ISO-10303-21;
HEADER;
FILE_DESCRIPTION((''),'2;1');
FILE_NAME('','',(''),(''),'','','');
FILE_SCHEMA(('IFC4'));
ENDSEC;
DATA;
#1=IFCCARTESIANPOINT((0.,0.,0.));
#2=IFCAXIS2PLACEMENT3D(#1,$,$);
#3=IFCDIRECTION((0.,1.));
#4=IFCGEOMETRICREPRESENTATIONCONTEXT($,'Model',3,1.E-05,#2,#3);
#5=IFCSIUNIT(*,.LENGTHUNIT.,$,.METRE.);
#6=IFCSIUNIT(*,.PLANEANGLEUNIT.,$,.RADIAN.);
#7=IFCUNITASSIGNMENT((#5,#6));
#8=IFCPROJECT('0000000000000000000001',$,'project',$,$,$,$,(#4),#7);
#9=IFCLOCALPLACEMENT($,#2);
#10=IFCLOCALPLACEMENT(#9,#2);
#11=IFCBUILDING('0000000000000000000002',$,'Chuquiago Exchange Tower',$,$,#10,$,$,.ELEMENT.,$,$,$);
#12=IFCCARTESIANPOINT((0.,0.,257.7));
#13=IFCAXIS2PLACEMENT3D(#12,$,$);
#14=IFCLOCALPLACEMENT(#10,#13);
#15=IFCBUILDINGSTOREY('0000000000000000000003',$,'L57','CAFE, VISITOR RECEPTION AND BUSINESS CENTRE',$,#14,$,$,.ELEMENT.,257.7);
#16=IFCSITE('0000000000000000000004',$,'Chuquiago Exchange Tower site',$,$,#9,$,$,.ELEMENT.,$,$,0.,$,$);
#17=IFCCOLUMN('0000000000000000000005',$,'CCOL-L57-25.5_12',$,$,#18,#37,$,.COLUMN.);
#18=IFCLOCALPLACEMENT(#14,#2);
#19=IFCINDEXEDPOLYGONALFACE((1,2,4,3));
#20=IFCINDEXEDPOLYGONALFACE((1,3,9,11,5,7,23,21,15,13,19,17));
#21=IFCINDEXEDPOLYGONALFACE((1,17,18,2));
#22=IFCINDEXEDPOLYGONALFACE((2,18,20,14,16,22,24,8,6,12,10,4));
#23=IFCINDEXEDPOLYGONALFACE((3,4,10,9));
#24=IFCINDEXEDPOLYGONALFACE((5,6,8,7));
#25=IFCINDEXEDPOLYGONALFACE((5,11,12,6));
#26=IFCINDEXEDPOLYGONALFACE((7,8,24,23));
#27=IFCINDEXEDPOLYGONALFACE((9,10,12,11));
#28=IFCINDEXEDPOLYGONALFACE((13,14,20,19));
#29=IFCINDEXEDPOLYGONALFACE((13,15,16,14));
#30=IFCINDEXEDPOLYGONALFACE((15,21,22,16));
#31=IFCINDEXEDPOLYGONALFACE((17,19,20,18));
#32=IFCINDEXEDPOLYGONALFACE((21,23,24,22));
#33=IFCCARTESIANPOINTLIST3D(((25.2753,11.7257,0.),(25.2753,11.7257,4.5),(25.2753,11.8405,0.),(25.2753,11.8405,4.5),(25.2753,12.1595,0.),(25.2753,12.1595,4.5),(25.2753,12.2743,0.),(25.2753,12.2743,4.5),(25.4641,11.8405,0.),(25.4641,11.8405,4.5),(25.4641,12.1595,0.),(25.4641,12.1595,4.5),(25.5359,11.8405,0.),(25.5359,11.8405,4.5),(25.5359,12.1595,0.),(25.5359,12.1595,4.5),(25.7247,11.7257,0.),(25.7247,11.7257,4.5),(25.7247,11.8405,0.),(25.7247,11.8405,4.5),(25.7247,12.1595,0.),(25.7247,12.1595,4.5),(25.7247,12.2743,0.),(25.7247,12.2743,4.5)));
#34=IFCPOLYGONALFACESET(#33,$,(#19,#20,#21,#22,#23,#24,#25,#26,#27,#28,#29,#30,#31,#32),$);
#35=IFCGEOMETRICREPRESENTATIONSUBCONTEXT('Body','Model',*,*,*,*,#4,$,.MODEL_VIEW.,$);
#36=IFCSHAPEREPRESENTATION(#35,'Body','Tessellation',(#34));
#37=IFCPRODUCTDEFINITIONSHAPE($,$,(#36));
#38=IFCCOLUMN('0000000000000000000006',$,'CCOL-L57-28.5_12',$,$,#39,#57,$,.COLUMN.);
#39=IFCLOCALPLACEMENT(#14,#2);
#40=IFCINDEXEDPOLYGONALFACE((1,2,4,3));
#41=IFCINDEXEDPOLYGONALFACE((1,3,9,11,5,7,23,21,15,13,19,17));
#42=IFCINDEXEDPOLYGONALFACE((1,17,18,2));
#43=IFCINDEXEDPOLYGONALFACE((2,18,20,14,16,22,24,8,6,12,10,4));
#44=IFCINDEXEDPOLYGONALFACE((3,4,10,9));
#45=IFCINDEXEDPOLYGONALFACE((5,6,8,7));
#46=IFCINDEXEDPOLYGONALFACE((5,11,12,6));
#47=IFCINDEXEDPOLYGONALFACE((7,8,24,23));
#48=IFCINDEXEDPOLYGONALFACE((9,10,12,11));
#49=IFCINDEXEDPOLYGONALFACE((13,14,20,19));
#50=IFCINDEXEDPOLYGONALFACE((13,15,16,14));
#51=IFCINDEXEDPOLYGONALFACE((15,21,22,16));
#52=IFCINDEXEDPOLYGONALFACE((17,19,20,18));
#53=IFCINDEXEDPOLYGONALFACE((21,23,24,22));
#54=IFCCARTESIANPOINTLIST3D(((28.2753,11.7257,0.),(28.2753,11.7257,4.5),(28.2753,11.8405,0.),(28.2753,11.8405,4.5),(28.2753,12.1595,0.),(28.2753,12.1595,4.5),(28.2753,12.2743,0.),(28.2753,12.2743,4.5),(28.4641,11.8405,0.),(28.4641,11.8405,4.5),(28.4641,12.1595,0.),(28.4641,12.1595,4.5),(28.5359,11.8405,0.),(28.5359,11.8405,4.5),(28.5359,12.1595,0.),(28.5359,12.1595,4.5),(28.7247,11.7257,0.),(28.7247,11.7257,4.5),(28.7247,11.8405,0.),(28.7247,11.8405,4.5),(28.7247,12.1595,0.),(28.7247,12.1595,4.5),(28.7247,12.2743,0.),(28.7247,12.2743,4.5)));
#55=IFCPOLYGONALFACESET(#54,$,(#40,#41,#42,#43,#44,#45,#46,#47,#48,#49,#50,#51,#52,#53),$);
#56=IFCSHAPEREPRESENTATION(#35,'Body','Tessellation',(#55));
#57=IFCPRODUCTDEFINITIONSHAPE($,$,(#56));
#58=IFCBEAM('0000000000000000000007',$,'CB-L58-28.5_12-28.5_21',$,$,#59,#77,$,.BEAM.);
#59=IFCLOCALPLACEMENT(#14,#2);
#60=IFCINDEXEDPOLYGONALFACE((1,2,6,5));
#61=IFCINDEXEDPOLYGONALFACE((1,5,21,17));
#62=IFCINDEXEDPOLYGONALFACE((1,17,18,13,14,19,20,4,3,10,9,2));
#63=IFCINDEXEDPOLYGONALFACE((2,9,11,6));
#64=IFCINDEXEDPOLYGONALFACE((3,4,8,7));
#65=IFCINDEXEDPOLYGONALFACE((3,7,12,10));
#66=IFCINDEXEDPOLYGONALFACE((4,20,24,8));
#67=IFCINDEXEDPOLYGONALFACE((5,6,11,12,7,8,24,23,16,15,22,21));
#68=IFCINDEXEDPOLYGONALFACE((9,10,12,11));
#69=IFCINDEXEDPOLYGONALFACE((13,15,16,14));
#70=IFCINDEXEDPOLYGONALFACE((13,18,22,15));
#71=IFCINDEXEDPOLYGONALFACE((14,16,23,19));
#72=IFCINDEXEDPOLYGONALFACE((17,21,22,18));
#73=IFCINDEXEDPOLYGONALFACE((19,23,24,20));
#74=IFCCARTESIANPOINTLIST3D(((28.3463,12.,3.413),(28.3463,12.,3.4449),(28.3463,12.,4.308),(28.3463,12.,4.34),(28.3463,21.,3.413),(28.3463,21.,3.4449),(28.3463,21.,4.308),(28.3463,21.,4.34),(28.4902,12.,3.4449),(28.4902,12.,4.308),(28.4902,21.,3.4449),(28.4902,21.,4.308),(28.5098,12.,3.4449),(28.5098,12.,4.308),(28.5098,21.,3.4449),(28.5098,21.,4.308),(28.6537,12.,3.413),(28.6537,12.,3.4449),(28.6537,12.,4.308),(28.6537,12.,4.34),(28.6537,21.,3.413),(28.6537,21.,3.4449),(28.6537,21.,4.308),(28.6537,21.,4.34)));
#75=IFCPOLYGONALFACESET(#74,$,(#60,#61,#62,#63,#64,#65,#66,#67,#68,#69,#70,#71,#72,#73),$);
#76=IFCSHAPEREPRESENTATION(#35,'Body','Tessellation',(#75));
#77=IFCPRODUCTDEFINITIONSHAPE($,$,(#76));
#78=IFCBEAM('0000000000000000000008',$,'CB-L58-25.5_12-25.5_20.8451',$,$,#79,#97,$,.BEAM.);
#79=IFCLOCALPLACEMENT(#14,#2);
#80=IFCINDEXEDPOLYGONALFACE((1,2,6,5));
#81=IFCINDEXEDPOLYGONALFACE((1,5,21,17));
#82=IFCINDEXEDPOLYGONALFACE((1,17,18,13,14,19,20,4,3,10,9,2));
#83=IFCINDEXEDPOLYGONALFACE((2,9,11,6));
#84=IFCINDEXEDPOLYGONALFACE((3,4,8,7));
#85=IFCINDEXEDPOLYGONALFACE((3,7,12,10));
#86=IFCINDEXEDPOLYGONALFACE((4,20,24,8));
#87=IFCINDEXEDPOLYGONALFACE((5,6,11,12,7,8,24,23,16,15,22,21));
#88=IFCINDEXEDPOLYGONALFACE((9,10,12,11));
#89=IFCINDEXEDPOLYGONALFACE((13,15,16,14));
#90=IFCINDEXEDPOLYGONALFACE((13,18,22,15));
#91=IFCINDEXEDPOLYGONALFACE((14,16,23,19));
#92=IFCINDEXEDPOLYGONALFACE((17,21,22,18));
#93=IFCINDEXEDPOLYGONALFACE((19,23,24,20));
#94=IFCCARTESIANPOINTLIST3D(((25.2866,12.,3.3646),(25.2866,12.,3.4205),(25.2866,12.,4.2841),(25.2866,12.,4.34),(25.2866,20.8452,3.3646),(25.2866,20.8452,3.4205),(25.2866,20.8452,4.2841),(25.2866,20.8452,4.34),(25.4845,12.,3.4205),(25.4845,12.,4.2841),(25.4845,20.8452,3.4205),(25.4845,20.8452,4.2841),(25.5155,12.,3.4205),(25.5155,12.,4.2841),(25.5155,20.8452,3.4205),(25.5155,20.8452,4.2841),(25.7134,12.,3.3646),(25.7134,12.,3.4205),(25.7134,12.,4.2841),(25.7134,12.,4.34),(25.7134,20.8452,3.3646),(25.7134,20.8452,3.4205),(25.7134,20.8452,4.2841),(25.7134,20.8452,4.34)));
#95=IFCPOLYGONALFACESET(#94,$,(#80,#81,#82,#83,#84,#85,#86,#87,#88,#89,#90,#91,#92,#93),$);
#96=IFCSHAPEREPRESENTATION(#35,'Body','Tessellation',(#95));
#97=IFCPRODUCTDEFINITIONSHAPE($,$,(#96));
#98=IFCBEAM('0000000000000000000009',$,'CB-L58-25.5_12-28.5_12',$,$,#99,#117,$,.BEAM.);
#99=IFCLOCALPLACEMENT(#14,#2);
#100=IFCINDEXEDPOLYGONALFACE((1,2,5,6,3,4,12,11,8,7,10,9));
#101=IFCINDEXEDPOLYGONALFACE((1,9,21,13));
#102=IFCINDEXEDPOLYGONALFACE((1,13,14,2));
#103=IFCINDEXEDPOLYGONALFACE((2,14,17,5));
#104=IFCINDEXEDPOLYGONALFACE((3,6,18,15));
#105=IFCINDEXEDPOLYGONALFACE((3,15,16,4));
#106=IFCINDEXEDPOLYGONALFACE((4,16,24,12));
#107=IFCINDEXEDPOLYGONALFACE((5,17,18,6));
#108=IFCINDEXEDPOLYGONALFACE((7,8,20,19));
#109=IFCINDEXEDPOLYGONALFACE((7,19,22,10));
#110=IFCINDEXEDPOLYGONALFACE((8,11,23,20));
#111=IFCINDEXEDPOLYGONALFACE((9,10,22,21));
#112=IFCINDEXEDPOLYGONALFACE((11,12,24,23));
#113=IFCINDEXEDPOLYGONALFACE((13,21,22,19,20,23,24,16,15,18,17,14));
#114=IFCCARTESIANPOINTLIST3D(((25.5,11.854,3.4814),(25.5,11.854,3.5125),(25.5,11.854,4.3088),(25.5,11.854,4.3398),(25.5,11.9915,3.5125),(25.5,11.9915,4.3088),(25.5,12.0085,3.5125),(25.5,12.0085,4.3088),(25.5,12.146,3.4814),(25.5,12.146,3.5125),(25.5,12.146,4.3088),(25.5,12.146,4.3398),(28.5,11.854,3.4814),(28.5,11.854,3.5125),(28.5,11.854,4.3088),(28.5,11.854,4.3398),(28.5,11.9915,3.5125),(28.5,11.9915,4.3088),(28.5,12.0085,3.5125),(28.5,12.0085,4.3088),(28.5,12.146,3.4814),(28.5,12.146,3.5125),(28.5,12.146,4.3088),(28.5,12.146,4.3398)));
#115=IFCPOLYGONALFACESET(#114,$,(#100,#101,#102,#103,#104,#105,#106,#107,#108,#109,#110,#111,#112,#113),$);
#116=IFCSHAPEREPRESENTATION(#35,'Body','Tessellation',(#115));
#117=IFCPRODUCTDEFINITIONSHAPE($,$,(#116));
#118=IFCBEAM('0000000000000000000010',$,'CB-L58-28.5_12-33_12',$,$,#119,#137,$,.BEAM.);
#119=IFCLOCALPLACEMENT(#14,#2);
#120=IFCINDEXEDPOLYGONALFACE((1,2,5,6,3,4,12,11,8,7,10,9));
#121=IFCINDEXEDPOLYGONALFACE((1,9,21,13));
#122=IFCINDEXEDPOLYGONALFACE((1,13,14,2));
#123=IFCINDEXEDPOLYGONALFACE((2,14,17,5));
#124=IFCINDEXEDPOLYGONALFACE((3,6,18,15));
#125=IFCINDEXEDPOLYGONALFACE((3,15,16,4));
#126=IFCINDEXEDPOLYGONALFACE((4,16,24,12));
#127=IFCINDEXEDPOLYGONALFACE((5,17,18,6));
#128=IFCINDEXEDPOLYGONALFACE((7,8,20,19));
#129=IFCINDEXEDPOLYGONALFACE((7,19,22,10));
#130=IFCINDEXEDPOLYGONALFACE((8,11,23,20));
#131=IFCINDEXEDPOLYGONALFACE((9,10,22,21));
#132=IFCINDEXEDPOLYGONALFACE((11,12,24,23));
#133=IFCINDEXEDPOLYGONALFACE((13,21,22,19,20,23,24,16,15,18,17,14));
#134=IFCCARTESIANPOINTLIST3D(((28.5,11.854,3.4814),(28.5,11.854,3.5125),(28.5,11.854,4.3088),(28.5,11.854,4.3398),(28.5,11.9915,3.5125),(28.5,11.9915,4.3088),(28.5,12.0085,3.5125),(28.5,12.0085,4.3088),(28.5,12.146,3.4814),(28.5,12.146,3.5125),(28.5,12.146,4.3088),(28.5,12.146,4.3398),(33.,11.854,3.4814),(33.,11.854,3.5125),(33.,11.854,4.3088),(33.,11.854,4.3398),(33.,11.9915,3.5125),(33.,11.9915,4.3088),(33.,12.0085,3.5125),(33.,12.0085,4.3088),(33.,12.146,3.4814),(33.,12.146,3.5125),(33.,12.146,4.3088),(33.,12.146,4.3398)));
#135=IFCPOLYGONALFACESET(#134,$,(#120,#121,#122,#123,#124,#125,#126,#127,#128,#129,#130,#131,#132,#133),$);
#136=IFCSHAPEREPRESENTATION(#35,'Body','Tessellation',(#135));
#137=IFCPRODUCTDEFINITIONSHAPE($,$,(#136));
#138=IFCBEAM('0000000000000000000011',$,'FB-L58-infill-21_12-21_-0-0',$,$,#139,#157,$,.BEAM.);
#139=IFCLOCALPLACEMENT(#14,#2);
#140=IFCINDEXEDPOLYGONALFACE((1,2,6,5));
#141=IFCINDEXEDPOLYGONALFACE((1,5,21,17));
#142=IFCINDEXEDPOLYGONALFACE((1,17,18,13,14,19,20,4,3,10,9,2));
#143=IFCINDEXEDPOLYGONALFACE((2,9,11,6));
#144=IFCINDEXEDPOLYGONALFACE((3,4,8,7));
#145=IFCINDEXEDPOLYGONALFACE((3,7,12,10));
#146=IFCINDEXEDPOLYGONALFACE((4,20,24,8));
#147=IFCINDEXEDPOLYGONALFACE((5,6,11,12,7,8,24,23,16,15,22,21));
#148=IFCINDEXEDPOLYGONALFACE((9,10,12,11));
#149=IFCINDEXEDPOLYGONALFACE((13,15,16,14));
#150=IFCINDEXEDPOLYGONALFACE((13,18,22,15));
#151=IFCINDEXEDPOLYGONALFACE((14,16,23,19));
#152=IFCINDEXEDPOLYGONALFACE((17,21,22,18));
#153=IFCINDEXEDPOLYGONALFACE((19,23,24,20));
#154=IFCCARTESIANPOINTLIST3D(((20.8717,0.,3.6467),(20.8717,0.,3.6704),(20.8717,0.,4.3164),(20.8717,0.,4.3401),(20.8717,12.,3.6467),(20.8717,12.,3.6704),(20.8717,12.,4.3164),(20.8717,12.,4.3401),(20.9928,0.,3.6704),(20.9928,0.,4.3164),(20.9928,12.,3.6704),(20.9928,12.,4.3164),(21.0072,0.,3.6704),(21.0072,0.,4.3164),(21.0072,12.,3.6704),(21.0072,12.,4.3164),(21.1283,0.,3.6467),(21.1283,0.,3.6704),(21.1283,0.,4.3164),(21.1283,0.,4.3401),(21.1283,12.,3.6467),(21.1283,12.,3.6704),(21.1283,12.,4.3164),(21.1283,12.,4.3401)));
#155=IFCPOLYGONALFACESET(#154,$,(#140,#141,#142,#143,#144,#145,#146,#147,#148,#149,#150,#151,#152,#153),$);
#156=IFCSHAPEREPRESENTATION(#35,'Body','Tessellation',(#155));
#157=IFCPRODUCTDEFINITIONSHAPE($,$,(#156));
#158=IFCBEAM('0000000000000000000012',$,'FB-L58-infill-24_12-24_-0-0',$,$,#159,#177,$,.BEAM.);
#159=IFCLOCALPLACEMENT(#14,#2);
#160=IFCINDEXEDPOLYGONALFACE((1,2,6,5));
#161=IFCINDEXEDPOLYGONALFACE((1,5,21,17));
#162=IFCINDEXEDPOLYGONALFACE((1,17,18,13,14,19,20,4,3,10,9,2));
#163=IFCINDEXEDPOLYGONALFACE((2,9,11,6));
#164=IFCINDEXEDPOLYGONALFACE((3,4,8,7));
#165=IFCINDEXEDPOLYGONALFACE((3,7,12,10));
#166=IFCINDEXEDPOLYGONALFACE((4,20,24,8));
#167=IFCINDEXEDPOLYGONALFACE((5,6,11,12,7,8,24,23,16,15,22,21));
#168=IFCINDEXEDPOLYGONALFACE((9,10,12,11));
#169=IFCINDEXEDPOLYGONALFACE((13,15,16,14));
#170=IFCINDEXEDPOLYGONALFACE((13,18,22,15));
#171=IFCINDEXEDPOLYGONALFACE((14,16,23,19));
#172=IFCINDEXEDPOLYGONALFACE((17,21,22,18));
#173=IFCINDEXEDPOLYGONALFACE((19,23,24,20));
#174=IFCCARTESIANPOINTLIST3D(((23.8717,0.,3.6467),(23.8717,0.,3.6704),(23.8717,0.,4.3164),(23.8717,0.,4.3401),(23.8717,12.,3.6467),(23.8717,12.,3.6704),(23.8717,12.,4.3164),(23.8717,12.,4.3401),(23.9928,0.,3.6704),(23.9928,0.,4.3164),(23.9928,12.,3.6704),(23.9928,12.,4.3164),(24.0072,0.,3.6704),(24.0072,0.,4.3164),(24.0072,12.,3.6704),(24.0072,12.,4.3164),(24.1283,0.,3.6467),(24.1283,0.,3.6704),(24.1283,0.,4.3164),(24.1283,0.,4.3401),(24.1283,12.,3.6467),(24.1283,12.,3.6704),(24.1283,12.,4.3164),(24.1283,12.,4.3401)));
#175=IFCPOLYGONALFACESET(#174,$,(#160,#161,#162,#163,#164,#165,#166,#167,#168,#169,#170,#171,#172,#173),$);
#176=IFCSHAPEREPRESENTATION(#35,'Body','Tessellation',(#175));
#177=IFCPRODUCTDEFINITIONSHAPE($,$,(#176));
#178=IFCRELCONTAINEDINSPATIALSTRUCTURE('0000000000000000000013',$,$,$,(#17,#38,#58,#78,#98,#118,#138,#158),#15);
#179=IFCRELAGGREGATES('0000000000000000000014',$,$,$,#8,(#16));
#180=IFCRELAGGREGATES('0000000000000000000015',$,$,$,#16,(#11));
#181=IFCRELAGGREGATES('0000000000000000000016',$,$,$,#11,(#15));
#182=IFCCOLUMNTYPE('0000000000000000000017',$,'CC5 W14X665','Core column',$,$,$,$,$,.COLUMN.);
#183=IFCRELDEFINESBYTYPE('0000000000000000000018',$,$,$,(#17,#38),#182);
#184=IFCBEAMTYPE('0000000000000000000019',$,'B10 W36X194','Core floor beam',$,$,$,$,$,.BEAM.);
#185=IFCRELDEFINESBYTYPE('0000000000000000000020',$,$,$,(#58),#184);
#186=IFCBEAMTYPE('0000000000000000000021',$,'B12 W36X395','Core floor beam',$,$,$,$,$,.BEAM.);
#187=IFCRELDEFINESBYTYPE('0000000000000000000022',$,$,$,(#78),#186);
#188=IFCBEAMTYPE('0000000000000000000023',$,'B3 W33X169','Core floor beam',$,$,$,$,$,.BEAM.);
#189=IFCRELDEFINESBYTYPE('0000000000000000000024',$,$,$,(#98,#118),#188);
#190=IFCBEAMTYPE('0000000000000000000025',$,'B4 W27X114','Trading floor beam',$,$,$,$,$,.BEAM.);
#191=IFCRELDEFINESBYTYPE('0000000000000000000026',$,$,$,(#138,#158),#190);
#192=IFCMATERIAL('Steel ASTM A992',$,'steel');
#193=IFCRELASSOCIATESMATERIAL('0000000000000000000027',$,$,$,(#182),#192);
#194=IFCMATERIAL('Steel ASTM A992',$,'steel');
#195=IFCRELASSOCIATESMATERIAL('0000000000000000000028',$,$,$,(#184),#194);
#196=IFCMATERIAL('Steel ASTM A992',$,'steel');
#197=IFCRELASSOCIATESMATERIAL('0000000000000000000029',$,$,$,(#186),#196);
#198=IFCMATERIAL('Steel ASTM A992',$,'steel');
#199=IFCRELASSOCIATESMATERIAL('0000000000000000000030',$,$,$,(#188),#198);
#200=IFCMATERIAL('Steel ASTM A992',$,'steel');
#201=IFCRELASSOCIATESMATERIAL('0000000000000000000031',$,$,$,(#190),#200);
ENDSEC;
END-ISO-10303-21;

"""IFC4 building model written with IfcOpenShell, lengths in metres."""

from ifc_helpers import new_model, si_unit, direction, frame, origin, origin_2d, place, context, subcontext, project, spatial, i_section, extrude, material, material_profile, profile_set, type_object, element, save


model = new_model("IFC4")

# Units and contexts
model_context = context("Model", 3, precision=1e-05, world=origin(), true_north=direction((0.0, 1.0)))
body_context = subcontext(model_context, "Body", "Model", "MODEL_VIEW")
ifc_project = project(units=[si_unit("LENGTHUNIT", "METRE"), si_unit("PLANEANGLEUNIT", "RADIAN")], contexts=[model_context])

# Site, building, storey
site_placement = place(None, origin())
site = spatial("IfcSite", under=ifc_project, at=site_placement, Name="Chuquiago Exchange Tower site", CompositionType="ELEMENT", RefElevation=0.0)
building_placement = place(site_placement, origin())
building = spatial("IfcBuilding", under=site, at=building_placement, Name="Chuquiago Exchange Tower", CompositionType="ELEMENT")
storey_placement = place(building_placement, frame((0.0, 0.0, 257.7)))
storey = spatial("IfcBuildingStorey", under=building, at=storey_placement, Name="L57", Description="CAFE, VISITOR RECEPTION AND BUSINESS CENTRE", CompositionType="ELEMENT", Elevation=257.7)

# Columns
ifc_material_1 = material(Name="Steel ASTM A992", Category="steel")
ifc_material_profile_1 = material_profile(ifc_material_1, i_section(OverallWidth=0.4495, OverallDepth=0.5486, WebThickness=0.0718, FlangeThickness=0.1147, at=origin_2d()), Name="W14X665")
ifc_profile_set_1 = profile_set([ifc_material_profile_1], Name="Steel ASTM A992")
column_type = type_object("IfcColumnType", Name="CC5 W14X665", Description="Core column", PredefinedType="COLUMN", material=ifc_profile_set_1)
for number, where, z_axis, x_axis, name in (
    (1, (25.5, 12.0, 0.0), (0.0, 0.0, 1.0), (1.0, 0.0, 0.0), "CCOL-L57-25.5_12"),
    (2, (28.5, 12.0, 0.0), (0.0, 0.0, 1.0), (1.0, 0.0, 0.0), "CCOL-L57-28.5_12"),
):
    element("IfcColumn", number, at=place(storey_placement, frame(where, z_axis=z_axis, x_axis=x_axis)), inside=storey, type_object=column_type, Name=name, PredefinedType="COLUMN", context=body_context, shape_type="SweptSolid", body=[
        extrude(i_section(OverallWidth=0.4495, OverallDepth=0.5486, WebThickness=0.0718, FlangeThickness=0.1147, at=origin_2d()), origin(), (0.0, 0.0, 1.0), 4.5),
    ])

# Beams
ifc_material_2 = material(Name="Steel ASTM A992", Category="steel")
ifc_material_profile_2 = material_profile(ifc_material_2, i_section(OverallWidth=0.3074, OverallDepth=0.927, WebThickness=0.0195, FlangeThickness=0.032, at=origin_2d()), Name="W36X194")
ifc_profile_set_2 = profile_set([ifc_material_profile_2], Name="Steel ASTM A992")
beam_type_1 = type_object("IfcBeamType", Name="B10 W36X194", Description="Core floor beam", PredefinedType="BEAM", material=ifc_profile_set_2)
beam_1_placement = place(storey_placement, frame((28.5, 12.0, 3.8765), z_axis=(0.0, 1.0, 0.0), x_axis=(-1.0, 0.0, 0.0)))
element("IfcBeam", 3, at=beam_1_placement, inside=storey, type_object=beam_type_1, Name="CB-L58-28.5_12-28.5_21", PredefinedType="BEAM", context=body_context, shape_type="SweptSolid", body=[
    extrude(i_section(OverallWidth=0.3074, OverallDepth=0.927, WebThickness=0.0195, FlangeThickness=0.032, at=origin_2d()), origin(), (0.0, 0.0, 1.0), 9.0),
])
ifc_material_3 = material(Name="Steel ASTM A992", Category="steel")
ifc_material_profile_3 = material_profile(ifc_material_3, i_section(OverallWidth=0.4268, OverallDepth=0.9753, WebThickness=0.031, FlangeThickness=0.0559, at=origin_2d()), Name="W36X395")
ifc_profile_set_3 = profile_set([ifc_material_profile_3], Name="Steel ASTM A992")
beam_type_2 = type_object("IfcBeamType", Name="B12 W36X395", Description="Core floor beam", PredefinedType="BEAM", material=ifc_profile_set_3)
beam_2_placement = place(storey_placement, frame((25.5, 12.0, 3.8523), z_axis=(0.0, 1.0, 0.0), x_axis=(-1.0, 0.0, 0.0)))
element("IfcBeam", 4, at=beam_2_placement, inside=storey, type_object=beam_type_2, Name="CB-L58-25.5_12-25.5_20.8451", PredefinedType="BEAM", context=body_context, shape_type="SweptSolid", body=[
    extrude(i_section(OverallWidth=0.4268, OverallDepth=0.9753, WebThickness=0.031, FlangeThickness=0.0559, at=origin_2d()), origin(), (0.0, 0.0, 1.0), 8.8452),
])
ifc_material_4 = material(Name="Steel ASTM A992", Category="steel")
ifc_material_profile_4 = material_profile(ifc_material_4, i_section(OverallWidth=0.292, OverallDepth=0.8584, WebThickness=0.0171, FlangeThickness=0.031, at=origin_2d()), Name="W33X169")
ifc_profile_set_4 = profile_set([ifc_material_profile_4], Name="Steel ASTM A992")
beam_type_3 = type_object("IfcBeamType", Name="B3 W33X169", Description="Core floor beam", PredefinedType="BEAM", material=ifc_profile_set_4)
beam_3_placement = place(storey_placement, frame((25.5, 12.0, 3.9106), z_axis=(1.0, 0.0, 0.0), x_axis=(0.0, 1.0, 0.0)))
element("IfcBeam", 5, at=beam_3_placement, inside=storey, type_object=beam_type_3, Name="CB-L58-25.5_12-28.5_12", PredefinedType="BEAM", context=body_context, shape_type="SweptSolid", body=[
    extrude(i_section(OverallWidth=0.292, OverallDepth=0.8584, WebThickness=0.0171, FlangeThickness=0.031, at=origin_2d()), origin(), (0.0, 0.0, 1.0), 3.0),
])
beam_4_placement = place(storey_placement, frame((28.5, 12.0, 3.9106), z_axis=(1.0, 0.0, 0.0), x_axis=(0.0, 1.0, 0.0)))
element("IfcBeam", 6, at=beam_4_placement, inside=storey, type_object=beam_type_3, Name="CB-L58-28.5_12-33_12", PredefinedType="BEAM", context=body_context, shape_type="SweptSolid", body=[
    extrude(i_section(OverallWidth=0.292, OverallDepth=0.8584, WebThickness=0.0171, FlangeThickness=0.031, at=origin_2d()), origin(), (0.0, 0.0, 1.0), 4.5),
])
ifc_material_5 = material(Name="Steel ASTM A992", Category="steel")
ifc_material_profile_5 = material_profile(ifc_material_5, i_section(OverallWidth=0.2566, OverallDepth=0.6934, WebThickness=0.0144, FlangeThickness=0.0237, at=origin_2d()), Name="W27X114")
ifc_profile_set_5 = profile_set([ifc_material_profile_5], Name="Steel ASTM A992")
beam_type_4 = type_object("IfcBeamType", Name="B4 W27X114", Description="Trading floor beam", PredefinedType="BEAM", material=ifc_profile_set_5)
for number, where, z_axis, x_axis, name in (
    (7, (21.0, 12.0, 3.9934), (0.0, -1.0, 0.0), (1.0, 0.0, 0.0), "FB-L58-infill-21_12-21_-0-0"),
    (8, (24.0, 12.0, 3.9934), (0.0, -1.0, 0.0), (1.0, 0.0, 0.0), "FB-L58-infill-24_12-24_-0-0"),
):
    element("IfcBeam", number, at=place(storey_placement, frame(where, z_axis=z_axis, x_axis=x_axis)), inside=storey, type_object=beam_type_4, Name=name, PredefinedType="BEAM", context=body_context, shape_type="SweptSolid", body=[
        extrude(i_section(OverallWidth=0.2566, OverallDepth=0.6934, WebThickness=0.0144, FlangeThickness=0.0237, at=origin_2d()), origin(), (0.0, 0.0, 1.0), 12.0),
    ])

save(model, "model.ifc")
